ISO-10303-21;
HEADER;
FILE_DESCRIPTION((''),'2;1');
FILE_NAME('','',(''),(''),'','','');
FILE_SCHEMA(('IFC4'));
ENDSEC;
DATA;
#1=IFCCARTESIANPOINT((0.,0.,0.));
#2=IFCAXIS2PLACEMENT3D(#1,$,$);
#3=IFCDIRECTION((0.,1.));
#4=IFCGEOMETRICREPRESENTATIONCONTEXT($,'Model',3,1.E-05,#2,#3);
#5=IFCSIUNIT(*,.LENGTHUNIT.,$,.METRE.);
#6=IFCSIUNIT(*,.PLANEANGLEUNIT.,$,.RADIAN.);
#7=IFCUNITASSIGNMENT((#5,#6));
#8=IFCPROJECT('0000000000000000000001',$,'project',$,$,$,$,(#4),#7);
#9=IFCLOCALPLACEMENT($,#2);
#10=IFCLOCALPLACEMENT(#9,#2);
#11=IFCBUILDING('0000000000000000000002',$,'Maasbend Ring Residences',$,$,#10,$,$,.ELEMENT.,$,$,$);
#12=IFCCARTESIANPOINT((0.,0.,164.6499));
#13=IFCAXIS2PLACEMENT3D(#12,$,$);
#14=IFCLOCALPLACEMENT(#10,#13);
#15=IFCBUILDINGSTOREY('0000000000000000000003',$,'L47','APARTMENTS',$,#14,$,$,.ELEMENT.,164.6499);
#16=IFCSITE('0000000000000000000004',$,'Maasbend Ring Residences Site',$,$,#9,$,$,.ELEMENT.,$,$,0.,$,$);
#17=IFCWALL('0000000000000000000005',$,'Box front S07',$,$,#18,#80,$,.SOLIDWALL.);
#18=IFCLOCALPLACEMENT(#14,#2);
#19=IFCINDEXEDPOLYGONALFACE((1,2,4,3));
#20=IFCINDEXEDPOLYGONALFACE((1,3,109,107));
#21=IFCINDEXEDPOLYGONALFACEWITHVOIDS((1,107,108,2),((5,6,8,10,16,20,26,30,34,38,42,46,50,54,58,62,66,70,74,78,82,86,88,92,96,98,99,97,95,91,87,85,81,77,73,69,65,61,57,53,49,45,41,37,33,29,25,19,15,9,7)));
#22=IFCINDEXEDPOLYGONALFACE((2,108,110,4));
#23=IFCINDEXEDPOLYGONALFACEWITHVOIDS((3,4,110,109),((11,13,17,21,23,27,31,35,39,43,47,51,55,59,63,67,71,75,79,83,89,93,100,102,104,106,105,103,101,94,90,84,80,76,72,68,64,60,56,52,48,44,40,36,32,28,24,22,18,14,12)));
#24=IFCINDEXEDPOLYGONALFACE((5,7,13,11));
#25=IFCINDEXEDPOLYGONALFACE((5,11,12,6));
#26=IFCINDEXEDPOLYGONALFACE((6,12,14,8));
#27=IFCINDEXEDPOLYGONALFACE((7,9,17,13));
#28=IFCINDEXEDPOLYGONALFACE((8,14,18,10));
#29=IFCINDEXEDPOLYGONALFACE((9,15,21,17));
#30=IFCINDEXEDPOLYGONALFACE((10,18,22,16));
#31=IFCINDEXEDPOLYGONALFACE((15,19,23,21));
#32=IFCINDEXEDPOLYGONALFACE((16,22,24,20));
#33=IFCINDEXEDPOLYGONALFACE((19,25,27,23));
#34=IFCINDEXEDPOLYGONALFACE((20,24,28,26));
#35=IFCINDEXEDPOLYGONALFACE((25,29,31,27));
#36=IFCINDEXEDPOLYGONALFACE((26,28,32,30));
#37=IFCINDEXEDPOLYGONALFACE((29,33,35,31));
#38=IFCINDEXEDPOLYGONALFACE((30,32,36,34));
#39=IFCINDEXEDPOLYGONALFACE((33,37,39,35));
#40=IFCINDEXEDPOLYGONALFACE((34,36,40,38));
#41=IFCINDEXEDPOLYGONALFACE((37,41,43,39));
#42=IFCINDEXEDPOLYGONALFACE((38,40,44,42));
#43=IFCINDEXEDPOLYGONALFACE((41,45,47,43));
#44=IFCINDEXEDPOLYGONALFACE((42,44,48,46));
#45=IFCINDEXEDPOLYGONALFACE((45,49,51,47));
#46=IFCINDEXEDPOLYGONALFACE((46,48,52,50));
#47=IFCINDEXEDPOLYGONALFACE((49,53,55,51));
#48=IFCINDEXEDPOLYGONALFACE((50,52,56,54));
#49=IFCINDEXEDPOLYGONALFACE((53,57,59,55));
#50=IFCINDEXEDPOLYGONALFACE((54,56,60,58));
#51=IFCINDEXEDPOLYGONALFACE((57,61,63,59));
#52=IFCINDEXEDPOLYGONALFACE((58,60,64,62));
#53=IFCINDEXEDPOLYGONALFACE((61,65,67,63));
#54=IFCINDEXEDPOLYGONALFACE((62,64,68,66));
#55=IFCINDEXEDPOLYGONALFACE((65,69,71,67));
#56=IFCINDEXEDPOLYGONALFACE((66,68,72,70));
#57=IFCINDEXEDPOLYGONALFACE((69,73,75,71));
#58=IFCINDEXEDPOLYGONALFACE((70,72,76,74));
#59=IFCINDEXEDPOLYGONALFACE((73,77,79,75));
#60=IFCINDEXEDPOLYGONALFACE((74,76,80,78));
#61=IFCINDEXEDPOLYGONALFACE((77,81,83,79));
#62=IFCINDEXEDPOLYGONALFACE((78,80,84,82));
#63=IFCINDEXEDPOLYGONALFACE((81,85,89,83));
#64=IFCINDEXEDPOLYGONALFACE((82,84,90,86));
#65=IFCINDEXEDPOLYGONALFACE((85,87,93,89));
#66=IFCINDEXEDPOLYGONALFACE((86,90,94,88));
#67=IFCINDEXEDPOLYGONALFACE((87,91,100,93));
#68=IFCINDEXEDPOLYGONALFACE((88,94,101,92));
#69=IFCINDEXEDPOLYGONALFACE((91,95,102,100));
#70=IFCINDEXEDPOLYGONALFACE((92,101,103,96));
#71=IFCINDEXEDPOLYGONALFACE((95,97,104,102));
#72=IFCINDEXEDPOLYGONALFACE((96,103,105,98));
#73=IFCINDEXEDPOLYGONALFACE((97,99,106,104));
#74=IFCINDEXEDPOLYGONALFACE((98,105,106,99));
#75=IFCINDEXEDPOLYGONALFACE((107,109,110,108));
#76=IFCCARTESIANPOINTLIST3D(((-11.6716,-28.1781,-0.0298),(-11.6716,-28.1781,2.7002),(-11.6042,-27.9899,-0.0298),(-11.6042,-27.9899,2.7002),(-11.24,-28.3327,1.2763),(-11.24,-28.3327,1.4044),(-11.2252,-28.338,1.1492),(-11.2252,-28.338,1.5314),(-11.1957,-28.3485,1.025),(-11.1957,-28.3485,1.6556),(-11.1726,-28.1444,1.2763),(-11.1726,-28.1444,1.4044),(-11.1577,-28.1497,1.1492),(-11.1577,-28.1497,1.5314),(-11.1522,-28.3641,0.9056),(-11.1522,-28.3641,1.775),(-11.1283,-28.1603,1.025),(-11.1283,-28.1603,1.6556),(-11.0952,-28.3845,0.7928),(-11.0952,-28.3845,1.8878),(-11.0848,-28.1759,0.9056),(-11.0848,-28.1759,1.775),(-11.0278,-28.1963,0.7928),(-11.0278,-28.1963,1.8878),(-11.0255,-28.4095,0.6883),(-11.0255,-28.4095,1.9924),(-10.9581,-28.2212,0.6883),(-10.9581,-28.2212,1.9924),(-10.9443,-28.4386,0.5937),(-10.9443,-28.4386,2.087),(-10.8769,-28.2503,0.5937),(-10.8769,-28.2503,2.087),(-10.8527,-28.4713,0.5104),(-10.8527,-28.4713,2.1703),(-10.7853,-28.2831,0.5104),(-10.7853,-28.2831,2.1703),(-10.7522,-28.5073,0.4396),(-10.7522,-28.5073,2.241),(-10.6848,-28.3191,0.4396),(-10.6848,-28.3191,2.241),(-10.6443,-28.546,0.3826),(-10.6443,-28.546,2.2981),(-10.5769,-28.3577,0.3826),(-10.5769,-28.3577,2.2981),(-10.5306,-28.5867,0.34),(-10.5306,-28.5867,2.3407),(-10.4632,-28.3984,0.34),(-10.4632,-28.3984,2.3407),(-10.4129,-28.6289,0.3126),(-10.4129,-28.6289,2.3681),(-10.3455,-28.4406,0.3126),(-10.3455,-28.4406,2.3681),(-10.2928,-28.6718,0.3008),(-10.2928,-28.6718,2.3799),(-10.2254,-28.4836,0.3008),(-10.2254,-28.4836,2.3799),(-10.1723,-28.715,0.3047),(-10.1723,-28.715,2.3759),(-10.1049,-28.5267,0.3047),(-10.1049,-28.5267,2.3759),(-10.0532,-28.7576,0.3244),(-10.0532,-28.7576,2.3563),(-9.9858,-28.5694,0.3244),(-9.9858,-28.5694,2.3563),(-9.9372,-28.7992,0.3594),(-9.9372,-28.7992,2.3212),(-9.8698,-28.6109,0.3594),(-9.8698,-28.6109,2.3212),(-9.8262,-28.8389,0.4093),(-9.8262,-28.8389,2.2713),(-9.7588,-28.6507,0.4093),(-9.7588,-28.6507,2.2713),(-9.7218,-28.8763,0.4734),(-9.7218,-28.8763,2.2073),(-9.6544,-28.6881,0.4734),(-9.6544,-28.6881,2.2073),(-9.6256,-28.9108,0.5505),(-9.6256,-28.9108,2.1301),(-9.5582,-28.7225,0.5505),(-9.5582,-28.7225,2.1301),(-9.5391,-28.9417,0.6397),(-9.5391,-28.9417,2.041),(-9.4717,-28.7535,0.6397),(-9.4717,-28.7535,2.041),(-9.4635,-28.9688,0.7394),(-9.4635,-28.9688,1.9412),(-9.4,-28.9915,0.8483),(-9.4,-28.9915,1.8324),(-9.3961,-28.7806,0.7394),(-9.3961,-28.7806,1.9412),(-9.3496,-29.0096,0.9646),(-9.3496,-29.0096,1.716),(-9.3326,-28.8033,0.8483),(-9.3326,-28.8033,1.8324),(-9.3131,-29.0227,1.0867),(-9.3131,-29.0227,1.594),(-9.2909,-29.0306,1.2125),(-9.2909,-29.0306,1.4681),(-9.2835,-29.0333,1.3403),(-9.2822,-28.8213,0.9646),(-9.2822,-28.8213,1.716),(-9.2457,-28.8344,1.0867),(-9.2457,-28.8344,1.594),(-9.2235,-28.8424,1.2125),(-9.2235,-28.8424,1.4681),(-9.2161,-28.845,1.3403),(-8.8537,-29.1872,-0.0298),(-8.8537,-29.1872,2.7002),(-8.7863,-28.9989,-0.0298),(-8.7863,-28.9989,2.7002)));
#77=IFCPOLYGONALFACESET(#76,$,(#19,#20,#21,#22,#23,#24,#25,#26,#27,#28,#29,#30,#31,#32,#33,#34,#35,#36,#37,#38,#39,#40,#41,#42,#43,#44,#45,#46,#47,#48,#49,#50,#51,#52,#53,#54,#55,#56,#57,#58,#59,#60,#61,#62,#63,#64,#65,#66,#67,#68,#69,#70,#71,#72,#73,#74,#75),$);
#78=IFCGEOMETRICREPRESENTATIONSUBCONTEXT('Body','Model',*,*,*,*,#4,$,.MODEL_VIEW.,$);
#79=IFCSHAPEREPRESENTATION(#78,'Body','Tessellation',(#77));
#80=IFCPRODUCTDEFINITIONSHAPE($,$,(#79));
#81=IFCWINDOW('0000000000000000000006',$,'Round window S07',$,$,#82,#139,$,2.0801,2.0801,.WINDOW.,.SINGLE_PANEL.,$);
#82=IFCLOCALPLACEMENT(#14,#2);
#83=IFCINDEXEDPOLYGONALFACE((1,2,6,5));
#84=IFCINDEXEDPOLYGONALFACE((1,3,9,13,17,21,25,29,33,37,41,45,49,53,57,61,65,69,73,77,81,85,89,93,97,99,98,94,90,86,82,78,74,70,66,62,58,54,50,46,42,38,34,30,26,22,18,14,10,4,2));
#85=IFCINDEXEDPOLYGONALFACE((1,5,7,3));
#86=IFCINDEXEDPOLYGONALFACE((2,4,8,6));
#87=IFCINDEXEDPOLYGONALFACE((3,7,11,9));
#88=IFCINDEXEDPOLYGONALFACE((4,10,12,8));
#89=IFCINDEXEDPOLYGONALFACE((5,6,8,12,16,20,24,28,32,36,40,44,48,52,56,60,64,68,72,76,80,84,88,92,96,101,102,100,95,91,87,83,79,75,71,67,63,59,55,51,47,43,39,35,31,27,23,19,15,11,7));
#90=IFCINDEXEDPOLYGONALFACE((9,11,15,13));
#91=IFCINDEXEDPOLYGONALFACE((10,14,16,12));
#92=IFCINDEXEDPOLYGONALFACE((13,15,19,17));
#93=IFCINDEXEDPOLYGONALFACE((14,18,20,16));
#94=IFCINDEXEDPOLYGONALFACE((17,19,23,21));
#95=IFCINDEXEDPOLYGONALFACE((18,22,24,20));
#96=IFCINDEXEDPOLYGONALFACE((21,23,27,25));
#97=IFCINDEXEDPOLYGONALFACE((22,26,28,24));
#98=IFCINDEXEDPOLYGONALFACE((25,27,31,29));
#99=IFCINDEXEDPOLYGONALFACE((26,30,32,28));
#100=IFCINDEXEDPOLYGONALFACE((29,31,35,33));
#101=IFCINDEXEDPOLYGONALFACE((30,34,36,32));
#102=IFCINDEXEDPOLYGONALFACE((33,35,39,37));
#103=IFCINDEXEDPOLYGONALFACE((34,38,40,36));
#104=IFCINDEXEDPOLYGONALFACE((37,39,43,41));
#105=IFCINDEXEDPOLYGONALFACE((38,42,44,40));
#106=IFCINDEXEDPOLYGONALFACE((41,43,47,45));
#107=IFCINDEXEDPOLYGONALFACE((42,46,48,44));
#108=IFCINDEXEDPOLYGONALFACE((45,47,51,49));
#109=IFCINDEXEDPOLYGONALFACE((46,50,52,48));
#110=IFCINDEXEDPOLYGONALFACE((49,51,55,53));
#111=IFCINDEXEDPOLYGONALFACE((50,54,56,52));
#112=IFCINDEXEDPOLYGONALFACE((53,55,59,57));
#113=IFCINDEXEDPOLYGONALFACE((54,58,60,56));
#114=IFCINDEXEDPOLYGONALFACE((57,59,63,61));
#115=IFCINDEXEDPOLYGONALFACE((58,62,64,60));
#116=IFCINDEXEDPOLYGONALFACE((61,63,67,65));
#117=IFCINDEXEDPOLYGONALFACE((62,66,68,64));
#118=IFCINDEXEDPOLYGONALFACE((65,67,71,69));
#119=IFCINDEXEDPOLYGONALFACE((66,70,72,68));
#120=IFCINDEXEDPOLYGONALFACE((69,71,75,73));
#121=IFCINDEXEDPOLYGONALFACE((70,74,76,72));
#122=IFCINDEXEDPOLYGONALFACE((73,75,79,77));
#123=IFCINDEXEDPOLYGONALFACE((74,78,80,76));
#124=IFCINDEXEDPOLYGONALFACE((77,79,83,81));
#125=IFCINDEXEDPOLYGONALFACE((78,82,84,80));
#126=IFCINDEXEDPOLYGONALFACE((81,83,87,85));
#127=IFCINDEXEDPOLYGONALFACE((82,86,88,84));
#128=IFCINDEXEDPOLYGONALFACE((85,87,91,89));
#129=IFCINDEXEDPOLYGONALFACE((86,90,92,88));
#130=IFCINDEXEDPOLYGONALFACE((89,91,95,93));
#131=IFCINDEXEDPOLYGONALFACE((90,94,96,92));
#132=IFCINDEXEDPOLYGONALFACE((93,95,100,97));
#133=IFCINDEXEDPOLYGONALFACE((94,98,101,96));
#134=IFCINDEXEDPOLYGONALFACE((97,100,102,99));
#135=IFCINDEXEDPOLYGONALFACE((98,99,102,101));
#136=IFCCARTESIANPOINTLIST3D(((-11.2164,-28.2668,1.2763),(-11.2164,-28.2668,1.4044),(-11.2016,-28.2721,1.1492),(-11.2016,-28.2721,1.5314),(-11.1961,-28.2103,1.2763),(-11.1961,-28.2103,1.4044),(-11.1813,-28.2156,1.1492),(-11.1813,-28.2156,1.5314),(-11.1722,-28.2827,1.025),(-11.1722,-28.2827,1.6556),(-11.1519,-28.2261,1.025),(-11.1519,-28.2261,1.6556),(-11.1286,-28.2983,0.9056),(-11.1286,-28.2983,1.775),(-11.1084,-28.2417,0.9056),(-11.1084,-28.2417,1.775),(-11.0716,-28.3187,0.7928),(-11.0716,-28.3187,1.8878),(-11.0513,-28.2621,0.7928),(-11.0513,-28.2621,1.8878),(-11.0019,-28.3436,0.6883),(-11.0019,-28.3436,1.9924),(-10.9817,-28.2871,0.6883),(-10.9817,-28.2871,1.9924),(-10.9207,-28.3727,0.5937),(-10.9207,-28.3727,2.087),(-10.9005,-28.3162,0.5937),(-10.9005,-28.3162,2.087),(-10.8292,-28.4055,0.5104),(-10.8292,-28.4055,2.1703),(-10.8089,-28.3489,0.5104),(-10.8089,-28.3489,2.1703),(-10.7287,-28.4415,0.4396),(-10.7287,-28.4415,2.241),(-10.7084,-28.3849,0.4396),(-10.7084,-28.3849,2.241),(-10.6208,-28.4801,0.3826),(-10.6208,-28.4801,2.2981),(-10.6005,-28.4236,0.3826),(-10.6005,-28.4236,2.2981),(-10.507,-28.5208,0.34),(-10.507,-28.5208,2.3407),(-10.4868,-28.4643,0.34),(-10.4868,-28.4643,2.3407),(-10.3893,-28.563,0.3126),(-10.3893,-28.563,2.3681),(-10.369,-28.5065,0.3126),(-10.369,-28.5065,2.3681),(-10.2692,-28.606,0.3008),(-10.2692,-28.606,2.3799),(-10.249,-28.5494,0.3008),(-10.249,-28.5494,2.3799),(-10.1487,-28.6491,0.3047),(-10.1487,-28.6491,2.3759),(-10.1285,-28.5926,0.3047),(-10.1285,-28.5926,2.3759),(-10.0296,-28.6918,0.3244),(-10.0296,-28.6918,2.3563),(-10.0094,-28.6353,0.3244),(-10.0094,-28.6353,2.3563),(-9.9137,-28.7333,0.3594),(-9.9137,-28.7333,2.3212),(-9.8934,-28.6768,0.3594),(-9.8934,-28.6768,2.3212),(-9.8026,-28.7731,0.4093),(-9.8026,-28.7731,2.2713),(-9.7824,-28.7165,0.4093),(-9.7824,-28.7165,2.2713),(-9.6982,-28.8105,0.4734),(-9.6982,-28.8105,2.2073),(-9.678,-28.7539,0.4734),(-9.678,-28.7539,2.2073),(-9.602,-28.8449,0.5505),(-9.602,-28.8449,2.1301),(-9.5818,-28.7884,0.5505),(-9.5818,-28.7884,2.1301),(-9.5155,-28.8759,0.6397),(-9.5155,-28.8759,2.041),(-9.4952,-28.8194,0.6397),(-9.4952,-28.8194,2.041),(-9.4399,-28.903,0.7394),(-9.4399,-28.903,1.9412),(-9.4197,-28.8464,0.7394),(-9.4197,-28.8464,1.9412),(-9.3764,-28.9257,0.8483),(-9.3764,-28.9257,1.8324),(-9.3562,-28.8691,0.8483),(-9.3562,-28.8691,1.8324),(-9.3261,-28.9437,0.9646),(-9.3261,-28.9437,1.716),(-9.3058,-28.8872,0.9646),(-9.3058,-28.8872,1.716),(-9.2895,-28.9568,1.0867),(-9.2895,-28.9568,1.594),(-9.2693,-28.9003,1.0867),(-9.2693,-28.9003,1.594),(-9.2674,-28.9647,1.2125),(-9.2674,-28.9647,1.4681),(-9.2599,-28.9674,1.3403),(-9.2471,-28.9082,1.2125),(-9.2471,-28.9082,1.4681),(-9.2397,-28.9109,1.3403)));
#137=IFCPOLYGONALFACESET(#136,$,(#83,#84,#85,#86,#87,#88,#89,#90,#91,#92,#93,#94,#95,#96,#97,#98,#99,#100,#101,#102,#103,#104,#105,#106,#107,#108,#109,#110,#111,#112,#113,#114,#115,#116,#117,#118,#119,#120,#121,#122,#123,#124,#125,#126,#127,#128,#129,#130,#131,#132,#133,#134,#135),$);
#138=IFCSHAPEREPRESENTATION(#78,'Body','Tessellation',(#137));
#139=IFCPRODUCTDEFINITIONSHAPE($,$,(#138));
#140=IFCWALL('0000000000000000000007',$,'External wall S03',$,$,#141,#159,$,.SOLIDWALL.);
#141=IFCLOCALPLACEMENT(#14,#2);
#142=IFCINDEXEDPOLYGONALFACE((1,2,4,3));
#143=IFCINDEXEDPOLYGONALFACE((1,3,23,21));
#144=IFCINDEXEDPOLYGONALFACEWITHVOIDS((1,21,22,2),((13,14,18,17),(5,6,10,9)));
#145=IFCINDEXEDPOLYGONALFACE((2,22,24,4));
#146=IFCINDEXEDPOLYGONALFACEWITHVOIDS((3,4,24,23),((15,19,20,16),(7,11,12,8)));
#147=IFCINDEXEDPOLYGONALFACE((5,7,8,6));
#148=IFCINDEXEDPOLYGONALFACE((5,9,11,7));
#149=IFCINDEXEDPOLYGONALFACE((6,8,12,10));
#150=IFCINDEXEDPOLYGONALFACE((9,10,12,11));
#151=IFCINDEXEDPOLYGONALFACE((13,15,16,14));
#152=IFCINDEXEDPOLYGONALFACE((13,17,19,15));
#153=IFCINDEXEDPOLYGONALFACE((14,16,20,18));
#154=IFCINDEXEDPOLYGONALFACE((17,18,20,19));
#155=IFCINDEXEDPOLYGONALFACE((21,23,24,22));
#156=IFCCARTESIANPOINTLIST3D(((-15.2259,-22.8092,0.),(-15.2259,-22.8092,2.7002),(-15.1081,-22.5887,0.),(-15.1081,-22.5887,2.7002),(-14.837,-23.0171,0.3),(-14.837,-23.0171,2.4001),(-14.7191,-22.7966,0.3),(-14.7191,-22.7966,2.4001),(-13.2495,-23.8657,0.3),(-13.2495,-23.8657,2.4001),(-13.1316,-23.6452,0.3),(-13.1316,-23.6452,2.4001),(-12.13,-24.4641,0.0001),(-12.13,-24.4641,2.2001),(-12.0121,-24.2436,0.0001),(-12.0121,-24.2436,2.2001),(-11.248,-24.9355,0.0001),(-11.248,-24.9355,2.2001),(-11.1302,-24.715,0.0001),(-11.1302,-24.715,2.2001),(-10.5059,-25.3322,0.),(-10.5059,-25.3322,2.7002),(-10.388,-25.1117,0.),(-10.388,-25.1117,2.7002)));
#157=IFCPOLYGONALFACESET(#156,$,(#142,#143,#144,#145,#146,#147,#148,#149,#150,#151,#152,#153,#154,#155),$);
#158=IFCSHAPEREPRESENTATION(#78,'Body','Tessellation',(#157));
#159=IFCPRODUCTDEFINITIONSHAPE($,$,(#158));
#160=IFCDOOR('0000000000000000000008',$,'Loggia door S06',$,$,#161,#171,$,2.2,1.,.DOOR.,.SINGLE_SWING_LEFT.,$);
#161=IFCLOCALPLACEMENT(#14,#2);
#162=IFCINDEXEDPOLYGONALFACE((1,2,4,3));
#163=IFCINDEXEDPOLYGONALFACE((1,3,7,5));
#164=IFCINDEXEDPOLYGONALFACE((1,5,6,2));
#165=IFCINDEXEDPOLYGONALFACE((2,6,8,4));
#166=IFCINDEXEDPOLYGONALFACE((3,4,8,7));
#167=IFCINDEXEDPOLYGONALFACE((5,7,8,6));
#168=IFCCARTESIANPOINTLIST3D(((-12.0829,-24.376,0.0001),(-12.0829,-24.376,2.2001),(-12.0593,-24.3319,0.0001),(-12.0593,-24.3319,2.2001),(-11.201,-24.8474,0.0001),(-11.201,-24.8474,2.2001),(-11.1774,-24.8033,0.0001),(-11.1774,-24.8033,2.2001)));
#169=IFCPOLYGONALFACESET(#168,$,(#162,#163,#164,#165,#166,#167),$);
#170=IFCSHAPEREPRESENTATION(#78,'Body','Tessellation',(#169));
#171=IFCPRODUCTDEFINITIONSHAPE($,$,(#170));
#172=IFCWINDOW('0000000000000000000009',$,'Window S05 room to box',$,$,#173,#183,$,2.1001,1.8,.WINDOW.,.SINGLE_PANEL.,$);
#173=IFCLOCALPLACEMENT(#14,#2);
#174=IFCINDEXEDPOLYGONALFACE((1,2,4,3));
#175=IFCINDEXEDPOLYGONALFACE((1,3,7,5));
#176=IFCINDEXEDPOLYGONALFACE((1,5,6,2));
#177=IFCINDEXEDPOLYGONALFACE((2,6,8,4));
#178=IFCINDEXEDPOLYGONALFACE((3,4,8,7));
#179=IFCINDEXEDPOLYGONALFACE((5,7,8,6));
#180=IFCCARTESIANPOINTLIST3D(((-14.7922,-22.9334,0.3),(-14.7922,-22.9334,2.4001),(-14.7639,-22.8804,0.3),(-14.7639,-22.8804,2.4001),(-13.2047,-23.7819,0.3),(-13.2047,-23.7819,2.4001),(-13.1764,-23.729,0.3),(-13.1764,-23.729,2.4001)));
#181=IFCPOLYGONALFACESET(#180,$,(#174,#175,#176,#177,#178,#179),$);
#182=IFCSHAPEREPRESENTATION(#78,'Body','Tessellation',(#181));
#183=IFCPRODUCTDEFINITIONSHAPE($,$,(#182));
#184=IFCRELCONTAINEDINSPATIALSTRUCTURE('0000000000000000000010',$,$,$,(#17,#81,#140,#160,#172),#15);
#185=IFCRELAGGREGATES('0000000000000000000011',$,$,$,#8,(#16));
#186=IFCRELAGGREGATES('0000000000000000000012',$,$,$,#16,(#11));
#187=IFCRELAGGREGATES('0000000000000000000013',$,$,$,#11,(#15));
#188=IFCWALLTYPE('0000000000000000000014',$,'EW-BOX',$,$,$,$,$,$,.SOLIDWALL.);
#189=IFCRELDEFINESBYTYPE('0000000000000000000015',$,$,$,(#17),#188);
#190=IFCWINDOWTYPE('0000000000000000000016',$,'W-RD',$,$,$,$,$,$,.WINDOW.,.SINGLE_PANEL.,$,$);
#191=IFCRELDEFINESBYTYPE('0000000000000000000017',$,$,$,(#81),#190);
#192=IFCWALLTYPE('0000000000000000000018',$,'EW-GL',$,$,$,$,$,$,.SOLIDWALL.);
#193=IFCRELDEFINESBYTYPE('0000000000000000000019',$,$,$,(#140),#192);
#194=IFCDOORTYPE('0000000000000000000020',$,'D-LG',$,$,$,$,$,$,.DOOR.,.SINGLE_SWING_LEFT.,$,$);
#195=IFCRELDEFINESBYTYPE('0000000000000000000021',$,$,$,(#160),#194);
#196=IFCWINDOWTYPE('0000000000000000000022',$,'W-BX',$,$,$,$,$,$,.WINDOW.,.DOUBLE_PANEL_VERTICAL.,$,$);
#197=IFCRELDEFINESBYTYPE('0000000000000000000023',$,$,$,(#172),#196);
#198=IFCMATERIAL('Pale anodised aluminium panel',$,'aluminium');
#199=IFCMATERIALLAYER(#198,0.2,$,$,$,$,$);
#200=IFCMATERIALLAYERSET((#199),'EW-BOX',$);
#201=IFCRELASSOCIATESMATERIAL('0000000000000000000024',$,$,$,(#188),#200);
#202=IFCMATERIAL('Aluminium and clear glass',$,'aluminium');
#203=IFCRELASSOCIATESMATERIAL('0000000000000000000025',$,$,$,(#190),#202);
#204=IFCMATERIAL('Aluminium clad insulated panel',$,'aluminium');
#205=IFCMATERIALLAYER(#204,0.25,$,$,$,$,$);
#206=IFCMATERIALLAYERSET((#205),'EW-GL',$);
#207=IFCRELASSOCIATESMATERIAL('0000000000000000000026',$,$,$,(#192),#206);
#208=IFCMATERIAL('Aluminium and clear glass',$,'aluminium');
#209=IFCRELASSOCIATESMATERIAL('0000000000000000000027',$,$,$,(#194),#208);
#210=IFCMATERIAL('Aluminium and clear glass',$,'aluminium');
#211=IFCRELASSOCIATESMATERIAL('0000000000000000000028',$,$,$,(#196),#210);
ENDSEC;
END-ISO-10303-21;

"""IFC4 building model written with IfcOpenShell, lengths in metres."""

from ifc_helpers import new_model, si_unit, direction, frame, frame_2d, origin, place, context, subcontext, project, spatial, rectangle, circle, extrude, material, layer, layer_set, type_object, element, fill, save


model = new_model("IFC4")

# Units and contexts
model_context = context("Model", 3, precision=1e-05, world=origin(), true_north=direction((0.0, 1.0)))
body_context = subcontext(model_context, "Body", "Model", "MODEL_VIEW")
ifc_project = project(units=[si_unit("LENGTHUNIT", "METRE"), si_unit("PLANEANGLEUNIT", "RADIAN")], contexts=[model_context])

# Site, building, storey
site_placement = place(None, origin())
site = spatial("IfcSite", under=ifc_project, at=site_placement, Name="Maasbend Ring Residences Site", CompositionType="ELEMENT", RefElevation=0.0)
building_placement = place(site_placement, origin())
building = spatial("IfcBuilding", under=site, at=building_placement, Name="Maasbend Ring Residences", CompositionType="ELEMENT")
storey_placement = place(building_placement, frame((0.0, 0.0, 164.6499)))
storey = spatial("IfcBuildingStorey", under=building, at=storey_placement, Name="L47", Description="APARTMENTS", CompositionType="ELEMENT", Elevation=164.6499)

# Shared definitions
ifc_material_1 = material(Name="Pale anodised aluminium panel", Category="aluminium")
ifc_layer_1 = layer(ifc_material_1, 0.2)
ifc_layer_set_1 = layer_set([ifc_layer_1], Name="EW-BOX")
wall_type_1 = type_object("IfcWallType", Name="EW-BOX", PredefinedType="SOLIDWALL", material=ifc_layer_set_1)

# Wall, opening, window
wall_1_placement = place(storey_placement, frame((-11.6379, -28.084, -0.0298), z_axis=(0.0, 0.0, 1.0), x_axis=(0.941461, -0.337122, 0.0)))
wall_1 = element("IfcWall", 1, at=wall_1_placement, inside=storey, type_object=wall_type_1, Name="Box front S07", PredefinedType="SOLIDWALL", context=body_context, shape_type="SweptSolid", body=[
    extrude(rectangle(XDim=2.9932, YDim=0.2, at=frame_2d((1.4966, 0.0))), origin(), (0.0, 0.0, 1.0), 2.73),
])
opening_1_placement = place(wall_1_placement, frame((0.4565, 0.0, 0.3301)))
opening_1 = element("IfcOpeningElement", 2, at=opening_1_placement, cuts=wall_1, PredefinedType="OPENING", context=body_context, shape_type="SweptSolid", body=[
    extrude(circle(Radius=1.04, at=frame_2d((1.04, 1.04))), frame((0.0, 0.1099, 0.0), z_axis=(0.0, -1.0, 0.0), x_axis=(1.0, 0.0, 0.0)), (0.0, 0.0, 1.0), 0.22),
])
ifc_material_2 = material(Name="Aluminium and clear glass", Category="aluminium")
window_type_1 = type_object("IfcWindowType", Name="W-RD", PartitioningType="SINGLE_PANEL", PredefinedType="WINDOW", material=ifc_material_2)
window_1_placement = place(opening_1_placement, origin())
window_1 = element("IfcWindow", 3, at=window_1_placement, inside=storey, type_object=window_type_1, Name="Round window S07", OverallHeight=2.0801, OverallWidth=2.0801, PartitioningType="SINGLE_PANEL", PredefinedType="WINDOW", context=body_context, shape_type="SweptSolid", body=[
    extrude(circle(Radius=1.04, at=frame_2d((1.04, 1.04))), frame((0.0, 0.03, 0.0), z_axis=(0.0, -1.0, 0.0), x_axis=(1.0, 0.0, 0.0)), (0.0, 0.0, 1.0), 0.0601),
])
fill(opening_1, window_1)

# Wall, openings, door, window
ifc_material_3 = material(Name="Aluminium clad insulated panel", Category="aluminium")
ifc_layer_2 = layer(ifc_material_3, 0.25)
ifc_layer_set_2 = layer_set([ifc_layer_2], Name="EW-GL")
wall_type_2 = type_object("IfcWallType", Name="EW-GL", PredefinedType="SOLIDWALL", material=ifc_layer_set_2)
wall_2_placement = place(storey_placement, frame((-15.167, -22.699, 0.0), z_axis=(0.0, 0.0, 1.0), x_axis=(0.881916, -0.471407, 0.0)))
wall_2 = element("IfcWall", 4, at=wall_2_placement, inside=storey, type_object=wall_type_2, Name="External wall S03", PredefinedType="SOLIDWALL", context=body_context, shape_type="SweptSolid", body=[
    extrude(rectangle(XDim=5.3521, YDim=0.25, at=frame_2d((2.676, 0.0))), origin(), (0.0, 0.0, 1.0), 2.7002),
])
opening_2_placement = place(wall_2_placement, frame((0.4412, 0.0, 0.3)))
opening_2 = element("IfcOpeningElement", 5, at=opening_2_placement, cuts=wall_2, PredefinedType="OPENING", context=body_context, shape_type="SweptSolid", body=[
    extrude(rectangle(XDim=1.8, YDim=2.1001, at=frame_2d((0.8999, 1.05))), frame((0.0, 0.135, 0.0), z_axis=(0.0, -1.0, 0.0), x_axis=(1.0, 0.0, 0.0)), (0.0, 0.0, 1.0), 0.27),
])
opening_3_placement = place(wall_2_placement, frame((3.5105, 0.0, 0.0)))
opening_3 = element("IfcOpeningElement", 6, at=opening_3_placement, cuts=wall_2, PredefinedType="OPENING", context=body_context, shape_type="SweptSolid", body=[
    extrude(rectangle(XDim=1.0, YDim=2.2, at=frame_2d((0.5, 1.1001))), frame((0.0, 0.135, 0.0), z_axis=(0.0, -1.0, 0.0), x_axis=(1.0, 0.0, 0.0)), (0.0, 0.0, 1.0), 0.27),
])
ifc_material_4 = material(Name="Aluminium and clear glass", Category="aluminium")
door_type_1 = type_object("IfcDoorType", Name="D-LG", OperationType="SINGLE_SWING_LEFT", PredefinedType="DOOR", material=ifc_material_4)
door_1_placement = place(opening_3_placement, origin())
door_1 = element("IfcDoor", 7, at=door_1_placement, inside=storey, type_object=door_type_1, Name="Loggia door S06", OperationType="SINGLE_SWING_LEFT", OverallHeight=2.2, OverallWidth=1.0, PredefinedType="DOOR", context=body_context, shape_type="SweptSolid", body=[
    extrude(rectangle(XDim=1.0, YDim=2.2, at=frame_2d((0.5, 1.1001))), frame((0.0, 0.0249, 0.0), z_axis=(0.0, -1.0, 0.0), x_axis=(1.0, 0.0, 0.0)), (0.0, 0.0, 1.0), 0.05),
])
fill(opening_3, door_1)
ifc_material_5 = material(Name="Aluminium and clear glass", Category="aluminium")
window_type_2 = type_object("IfcWindowType", Name="W-BX", PartitioningType="DOUBLE_PANEL_VERTICAL", PredefinedType="WINDOW", material=ifc_material_5)
window_2_placement = place(opening_2_placement, origin())
window_2 = element("IfcWindow", 8, at=window_2_placement, inside=storey, type_object=window_type_2, Name="Window S05 room to box", OverallHeight=2.1001, OverallWidth=1.8, PartitioningType="SINGLE_PANEL", PredefinedType="WINDOW", context=body_context, shape_type="SweptSolid", body=[
    extrude(rectangle(XDim=1.8, YDim=2.1001, at=frame_2d((0.8999, 1.05))), frame((0.0, 0.03, 0.0), z_axis=(0.0, -1.0, 0.0), x_axis=(1.0, 0.0, 0.0)), (0.0, 0.0, 1.0), 0.0601),
])
fill(opening_2, window_2)

save(model, "model.ifc")
